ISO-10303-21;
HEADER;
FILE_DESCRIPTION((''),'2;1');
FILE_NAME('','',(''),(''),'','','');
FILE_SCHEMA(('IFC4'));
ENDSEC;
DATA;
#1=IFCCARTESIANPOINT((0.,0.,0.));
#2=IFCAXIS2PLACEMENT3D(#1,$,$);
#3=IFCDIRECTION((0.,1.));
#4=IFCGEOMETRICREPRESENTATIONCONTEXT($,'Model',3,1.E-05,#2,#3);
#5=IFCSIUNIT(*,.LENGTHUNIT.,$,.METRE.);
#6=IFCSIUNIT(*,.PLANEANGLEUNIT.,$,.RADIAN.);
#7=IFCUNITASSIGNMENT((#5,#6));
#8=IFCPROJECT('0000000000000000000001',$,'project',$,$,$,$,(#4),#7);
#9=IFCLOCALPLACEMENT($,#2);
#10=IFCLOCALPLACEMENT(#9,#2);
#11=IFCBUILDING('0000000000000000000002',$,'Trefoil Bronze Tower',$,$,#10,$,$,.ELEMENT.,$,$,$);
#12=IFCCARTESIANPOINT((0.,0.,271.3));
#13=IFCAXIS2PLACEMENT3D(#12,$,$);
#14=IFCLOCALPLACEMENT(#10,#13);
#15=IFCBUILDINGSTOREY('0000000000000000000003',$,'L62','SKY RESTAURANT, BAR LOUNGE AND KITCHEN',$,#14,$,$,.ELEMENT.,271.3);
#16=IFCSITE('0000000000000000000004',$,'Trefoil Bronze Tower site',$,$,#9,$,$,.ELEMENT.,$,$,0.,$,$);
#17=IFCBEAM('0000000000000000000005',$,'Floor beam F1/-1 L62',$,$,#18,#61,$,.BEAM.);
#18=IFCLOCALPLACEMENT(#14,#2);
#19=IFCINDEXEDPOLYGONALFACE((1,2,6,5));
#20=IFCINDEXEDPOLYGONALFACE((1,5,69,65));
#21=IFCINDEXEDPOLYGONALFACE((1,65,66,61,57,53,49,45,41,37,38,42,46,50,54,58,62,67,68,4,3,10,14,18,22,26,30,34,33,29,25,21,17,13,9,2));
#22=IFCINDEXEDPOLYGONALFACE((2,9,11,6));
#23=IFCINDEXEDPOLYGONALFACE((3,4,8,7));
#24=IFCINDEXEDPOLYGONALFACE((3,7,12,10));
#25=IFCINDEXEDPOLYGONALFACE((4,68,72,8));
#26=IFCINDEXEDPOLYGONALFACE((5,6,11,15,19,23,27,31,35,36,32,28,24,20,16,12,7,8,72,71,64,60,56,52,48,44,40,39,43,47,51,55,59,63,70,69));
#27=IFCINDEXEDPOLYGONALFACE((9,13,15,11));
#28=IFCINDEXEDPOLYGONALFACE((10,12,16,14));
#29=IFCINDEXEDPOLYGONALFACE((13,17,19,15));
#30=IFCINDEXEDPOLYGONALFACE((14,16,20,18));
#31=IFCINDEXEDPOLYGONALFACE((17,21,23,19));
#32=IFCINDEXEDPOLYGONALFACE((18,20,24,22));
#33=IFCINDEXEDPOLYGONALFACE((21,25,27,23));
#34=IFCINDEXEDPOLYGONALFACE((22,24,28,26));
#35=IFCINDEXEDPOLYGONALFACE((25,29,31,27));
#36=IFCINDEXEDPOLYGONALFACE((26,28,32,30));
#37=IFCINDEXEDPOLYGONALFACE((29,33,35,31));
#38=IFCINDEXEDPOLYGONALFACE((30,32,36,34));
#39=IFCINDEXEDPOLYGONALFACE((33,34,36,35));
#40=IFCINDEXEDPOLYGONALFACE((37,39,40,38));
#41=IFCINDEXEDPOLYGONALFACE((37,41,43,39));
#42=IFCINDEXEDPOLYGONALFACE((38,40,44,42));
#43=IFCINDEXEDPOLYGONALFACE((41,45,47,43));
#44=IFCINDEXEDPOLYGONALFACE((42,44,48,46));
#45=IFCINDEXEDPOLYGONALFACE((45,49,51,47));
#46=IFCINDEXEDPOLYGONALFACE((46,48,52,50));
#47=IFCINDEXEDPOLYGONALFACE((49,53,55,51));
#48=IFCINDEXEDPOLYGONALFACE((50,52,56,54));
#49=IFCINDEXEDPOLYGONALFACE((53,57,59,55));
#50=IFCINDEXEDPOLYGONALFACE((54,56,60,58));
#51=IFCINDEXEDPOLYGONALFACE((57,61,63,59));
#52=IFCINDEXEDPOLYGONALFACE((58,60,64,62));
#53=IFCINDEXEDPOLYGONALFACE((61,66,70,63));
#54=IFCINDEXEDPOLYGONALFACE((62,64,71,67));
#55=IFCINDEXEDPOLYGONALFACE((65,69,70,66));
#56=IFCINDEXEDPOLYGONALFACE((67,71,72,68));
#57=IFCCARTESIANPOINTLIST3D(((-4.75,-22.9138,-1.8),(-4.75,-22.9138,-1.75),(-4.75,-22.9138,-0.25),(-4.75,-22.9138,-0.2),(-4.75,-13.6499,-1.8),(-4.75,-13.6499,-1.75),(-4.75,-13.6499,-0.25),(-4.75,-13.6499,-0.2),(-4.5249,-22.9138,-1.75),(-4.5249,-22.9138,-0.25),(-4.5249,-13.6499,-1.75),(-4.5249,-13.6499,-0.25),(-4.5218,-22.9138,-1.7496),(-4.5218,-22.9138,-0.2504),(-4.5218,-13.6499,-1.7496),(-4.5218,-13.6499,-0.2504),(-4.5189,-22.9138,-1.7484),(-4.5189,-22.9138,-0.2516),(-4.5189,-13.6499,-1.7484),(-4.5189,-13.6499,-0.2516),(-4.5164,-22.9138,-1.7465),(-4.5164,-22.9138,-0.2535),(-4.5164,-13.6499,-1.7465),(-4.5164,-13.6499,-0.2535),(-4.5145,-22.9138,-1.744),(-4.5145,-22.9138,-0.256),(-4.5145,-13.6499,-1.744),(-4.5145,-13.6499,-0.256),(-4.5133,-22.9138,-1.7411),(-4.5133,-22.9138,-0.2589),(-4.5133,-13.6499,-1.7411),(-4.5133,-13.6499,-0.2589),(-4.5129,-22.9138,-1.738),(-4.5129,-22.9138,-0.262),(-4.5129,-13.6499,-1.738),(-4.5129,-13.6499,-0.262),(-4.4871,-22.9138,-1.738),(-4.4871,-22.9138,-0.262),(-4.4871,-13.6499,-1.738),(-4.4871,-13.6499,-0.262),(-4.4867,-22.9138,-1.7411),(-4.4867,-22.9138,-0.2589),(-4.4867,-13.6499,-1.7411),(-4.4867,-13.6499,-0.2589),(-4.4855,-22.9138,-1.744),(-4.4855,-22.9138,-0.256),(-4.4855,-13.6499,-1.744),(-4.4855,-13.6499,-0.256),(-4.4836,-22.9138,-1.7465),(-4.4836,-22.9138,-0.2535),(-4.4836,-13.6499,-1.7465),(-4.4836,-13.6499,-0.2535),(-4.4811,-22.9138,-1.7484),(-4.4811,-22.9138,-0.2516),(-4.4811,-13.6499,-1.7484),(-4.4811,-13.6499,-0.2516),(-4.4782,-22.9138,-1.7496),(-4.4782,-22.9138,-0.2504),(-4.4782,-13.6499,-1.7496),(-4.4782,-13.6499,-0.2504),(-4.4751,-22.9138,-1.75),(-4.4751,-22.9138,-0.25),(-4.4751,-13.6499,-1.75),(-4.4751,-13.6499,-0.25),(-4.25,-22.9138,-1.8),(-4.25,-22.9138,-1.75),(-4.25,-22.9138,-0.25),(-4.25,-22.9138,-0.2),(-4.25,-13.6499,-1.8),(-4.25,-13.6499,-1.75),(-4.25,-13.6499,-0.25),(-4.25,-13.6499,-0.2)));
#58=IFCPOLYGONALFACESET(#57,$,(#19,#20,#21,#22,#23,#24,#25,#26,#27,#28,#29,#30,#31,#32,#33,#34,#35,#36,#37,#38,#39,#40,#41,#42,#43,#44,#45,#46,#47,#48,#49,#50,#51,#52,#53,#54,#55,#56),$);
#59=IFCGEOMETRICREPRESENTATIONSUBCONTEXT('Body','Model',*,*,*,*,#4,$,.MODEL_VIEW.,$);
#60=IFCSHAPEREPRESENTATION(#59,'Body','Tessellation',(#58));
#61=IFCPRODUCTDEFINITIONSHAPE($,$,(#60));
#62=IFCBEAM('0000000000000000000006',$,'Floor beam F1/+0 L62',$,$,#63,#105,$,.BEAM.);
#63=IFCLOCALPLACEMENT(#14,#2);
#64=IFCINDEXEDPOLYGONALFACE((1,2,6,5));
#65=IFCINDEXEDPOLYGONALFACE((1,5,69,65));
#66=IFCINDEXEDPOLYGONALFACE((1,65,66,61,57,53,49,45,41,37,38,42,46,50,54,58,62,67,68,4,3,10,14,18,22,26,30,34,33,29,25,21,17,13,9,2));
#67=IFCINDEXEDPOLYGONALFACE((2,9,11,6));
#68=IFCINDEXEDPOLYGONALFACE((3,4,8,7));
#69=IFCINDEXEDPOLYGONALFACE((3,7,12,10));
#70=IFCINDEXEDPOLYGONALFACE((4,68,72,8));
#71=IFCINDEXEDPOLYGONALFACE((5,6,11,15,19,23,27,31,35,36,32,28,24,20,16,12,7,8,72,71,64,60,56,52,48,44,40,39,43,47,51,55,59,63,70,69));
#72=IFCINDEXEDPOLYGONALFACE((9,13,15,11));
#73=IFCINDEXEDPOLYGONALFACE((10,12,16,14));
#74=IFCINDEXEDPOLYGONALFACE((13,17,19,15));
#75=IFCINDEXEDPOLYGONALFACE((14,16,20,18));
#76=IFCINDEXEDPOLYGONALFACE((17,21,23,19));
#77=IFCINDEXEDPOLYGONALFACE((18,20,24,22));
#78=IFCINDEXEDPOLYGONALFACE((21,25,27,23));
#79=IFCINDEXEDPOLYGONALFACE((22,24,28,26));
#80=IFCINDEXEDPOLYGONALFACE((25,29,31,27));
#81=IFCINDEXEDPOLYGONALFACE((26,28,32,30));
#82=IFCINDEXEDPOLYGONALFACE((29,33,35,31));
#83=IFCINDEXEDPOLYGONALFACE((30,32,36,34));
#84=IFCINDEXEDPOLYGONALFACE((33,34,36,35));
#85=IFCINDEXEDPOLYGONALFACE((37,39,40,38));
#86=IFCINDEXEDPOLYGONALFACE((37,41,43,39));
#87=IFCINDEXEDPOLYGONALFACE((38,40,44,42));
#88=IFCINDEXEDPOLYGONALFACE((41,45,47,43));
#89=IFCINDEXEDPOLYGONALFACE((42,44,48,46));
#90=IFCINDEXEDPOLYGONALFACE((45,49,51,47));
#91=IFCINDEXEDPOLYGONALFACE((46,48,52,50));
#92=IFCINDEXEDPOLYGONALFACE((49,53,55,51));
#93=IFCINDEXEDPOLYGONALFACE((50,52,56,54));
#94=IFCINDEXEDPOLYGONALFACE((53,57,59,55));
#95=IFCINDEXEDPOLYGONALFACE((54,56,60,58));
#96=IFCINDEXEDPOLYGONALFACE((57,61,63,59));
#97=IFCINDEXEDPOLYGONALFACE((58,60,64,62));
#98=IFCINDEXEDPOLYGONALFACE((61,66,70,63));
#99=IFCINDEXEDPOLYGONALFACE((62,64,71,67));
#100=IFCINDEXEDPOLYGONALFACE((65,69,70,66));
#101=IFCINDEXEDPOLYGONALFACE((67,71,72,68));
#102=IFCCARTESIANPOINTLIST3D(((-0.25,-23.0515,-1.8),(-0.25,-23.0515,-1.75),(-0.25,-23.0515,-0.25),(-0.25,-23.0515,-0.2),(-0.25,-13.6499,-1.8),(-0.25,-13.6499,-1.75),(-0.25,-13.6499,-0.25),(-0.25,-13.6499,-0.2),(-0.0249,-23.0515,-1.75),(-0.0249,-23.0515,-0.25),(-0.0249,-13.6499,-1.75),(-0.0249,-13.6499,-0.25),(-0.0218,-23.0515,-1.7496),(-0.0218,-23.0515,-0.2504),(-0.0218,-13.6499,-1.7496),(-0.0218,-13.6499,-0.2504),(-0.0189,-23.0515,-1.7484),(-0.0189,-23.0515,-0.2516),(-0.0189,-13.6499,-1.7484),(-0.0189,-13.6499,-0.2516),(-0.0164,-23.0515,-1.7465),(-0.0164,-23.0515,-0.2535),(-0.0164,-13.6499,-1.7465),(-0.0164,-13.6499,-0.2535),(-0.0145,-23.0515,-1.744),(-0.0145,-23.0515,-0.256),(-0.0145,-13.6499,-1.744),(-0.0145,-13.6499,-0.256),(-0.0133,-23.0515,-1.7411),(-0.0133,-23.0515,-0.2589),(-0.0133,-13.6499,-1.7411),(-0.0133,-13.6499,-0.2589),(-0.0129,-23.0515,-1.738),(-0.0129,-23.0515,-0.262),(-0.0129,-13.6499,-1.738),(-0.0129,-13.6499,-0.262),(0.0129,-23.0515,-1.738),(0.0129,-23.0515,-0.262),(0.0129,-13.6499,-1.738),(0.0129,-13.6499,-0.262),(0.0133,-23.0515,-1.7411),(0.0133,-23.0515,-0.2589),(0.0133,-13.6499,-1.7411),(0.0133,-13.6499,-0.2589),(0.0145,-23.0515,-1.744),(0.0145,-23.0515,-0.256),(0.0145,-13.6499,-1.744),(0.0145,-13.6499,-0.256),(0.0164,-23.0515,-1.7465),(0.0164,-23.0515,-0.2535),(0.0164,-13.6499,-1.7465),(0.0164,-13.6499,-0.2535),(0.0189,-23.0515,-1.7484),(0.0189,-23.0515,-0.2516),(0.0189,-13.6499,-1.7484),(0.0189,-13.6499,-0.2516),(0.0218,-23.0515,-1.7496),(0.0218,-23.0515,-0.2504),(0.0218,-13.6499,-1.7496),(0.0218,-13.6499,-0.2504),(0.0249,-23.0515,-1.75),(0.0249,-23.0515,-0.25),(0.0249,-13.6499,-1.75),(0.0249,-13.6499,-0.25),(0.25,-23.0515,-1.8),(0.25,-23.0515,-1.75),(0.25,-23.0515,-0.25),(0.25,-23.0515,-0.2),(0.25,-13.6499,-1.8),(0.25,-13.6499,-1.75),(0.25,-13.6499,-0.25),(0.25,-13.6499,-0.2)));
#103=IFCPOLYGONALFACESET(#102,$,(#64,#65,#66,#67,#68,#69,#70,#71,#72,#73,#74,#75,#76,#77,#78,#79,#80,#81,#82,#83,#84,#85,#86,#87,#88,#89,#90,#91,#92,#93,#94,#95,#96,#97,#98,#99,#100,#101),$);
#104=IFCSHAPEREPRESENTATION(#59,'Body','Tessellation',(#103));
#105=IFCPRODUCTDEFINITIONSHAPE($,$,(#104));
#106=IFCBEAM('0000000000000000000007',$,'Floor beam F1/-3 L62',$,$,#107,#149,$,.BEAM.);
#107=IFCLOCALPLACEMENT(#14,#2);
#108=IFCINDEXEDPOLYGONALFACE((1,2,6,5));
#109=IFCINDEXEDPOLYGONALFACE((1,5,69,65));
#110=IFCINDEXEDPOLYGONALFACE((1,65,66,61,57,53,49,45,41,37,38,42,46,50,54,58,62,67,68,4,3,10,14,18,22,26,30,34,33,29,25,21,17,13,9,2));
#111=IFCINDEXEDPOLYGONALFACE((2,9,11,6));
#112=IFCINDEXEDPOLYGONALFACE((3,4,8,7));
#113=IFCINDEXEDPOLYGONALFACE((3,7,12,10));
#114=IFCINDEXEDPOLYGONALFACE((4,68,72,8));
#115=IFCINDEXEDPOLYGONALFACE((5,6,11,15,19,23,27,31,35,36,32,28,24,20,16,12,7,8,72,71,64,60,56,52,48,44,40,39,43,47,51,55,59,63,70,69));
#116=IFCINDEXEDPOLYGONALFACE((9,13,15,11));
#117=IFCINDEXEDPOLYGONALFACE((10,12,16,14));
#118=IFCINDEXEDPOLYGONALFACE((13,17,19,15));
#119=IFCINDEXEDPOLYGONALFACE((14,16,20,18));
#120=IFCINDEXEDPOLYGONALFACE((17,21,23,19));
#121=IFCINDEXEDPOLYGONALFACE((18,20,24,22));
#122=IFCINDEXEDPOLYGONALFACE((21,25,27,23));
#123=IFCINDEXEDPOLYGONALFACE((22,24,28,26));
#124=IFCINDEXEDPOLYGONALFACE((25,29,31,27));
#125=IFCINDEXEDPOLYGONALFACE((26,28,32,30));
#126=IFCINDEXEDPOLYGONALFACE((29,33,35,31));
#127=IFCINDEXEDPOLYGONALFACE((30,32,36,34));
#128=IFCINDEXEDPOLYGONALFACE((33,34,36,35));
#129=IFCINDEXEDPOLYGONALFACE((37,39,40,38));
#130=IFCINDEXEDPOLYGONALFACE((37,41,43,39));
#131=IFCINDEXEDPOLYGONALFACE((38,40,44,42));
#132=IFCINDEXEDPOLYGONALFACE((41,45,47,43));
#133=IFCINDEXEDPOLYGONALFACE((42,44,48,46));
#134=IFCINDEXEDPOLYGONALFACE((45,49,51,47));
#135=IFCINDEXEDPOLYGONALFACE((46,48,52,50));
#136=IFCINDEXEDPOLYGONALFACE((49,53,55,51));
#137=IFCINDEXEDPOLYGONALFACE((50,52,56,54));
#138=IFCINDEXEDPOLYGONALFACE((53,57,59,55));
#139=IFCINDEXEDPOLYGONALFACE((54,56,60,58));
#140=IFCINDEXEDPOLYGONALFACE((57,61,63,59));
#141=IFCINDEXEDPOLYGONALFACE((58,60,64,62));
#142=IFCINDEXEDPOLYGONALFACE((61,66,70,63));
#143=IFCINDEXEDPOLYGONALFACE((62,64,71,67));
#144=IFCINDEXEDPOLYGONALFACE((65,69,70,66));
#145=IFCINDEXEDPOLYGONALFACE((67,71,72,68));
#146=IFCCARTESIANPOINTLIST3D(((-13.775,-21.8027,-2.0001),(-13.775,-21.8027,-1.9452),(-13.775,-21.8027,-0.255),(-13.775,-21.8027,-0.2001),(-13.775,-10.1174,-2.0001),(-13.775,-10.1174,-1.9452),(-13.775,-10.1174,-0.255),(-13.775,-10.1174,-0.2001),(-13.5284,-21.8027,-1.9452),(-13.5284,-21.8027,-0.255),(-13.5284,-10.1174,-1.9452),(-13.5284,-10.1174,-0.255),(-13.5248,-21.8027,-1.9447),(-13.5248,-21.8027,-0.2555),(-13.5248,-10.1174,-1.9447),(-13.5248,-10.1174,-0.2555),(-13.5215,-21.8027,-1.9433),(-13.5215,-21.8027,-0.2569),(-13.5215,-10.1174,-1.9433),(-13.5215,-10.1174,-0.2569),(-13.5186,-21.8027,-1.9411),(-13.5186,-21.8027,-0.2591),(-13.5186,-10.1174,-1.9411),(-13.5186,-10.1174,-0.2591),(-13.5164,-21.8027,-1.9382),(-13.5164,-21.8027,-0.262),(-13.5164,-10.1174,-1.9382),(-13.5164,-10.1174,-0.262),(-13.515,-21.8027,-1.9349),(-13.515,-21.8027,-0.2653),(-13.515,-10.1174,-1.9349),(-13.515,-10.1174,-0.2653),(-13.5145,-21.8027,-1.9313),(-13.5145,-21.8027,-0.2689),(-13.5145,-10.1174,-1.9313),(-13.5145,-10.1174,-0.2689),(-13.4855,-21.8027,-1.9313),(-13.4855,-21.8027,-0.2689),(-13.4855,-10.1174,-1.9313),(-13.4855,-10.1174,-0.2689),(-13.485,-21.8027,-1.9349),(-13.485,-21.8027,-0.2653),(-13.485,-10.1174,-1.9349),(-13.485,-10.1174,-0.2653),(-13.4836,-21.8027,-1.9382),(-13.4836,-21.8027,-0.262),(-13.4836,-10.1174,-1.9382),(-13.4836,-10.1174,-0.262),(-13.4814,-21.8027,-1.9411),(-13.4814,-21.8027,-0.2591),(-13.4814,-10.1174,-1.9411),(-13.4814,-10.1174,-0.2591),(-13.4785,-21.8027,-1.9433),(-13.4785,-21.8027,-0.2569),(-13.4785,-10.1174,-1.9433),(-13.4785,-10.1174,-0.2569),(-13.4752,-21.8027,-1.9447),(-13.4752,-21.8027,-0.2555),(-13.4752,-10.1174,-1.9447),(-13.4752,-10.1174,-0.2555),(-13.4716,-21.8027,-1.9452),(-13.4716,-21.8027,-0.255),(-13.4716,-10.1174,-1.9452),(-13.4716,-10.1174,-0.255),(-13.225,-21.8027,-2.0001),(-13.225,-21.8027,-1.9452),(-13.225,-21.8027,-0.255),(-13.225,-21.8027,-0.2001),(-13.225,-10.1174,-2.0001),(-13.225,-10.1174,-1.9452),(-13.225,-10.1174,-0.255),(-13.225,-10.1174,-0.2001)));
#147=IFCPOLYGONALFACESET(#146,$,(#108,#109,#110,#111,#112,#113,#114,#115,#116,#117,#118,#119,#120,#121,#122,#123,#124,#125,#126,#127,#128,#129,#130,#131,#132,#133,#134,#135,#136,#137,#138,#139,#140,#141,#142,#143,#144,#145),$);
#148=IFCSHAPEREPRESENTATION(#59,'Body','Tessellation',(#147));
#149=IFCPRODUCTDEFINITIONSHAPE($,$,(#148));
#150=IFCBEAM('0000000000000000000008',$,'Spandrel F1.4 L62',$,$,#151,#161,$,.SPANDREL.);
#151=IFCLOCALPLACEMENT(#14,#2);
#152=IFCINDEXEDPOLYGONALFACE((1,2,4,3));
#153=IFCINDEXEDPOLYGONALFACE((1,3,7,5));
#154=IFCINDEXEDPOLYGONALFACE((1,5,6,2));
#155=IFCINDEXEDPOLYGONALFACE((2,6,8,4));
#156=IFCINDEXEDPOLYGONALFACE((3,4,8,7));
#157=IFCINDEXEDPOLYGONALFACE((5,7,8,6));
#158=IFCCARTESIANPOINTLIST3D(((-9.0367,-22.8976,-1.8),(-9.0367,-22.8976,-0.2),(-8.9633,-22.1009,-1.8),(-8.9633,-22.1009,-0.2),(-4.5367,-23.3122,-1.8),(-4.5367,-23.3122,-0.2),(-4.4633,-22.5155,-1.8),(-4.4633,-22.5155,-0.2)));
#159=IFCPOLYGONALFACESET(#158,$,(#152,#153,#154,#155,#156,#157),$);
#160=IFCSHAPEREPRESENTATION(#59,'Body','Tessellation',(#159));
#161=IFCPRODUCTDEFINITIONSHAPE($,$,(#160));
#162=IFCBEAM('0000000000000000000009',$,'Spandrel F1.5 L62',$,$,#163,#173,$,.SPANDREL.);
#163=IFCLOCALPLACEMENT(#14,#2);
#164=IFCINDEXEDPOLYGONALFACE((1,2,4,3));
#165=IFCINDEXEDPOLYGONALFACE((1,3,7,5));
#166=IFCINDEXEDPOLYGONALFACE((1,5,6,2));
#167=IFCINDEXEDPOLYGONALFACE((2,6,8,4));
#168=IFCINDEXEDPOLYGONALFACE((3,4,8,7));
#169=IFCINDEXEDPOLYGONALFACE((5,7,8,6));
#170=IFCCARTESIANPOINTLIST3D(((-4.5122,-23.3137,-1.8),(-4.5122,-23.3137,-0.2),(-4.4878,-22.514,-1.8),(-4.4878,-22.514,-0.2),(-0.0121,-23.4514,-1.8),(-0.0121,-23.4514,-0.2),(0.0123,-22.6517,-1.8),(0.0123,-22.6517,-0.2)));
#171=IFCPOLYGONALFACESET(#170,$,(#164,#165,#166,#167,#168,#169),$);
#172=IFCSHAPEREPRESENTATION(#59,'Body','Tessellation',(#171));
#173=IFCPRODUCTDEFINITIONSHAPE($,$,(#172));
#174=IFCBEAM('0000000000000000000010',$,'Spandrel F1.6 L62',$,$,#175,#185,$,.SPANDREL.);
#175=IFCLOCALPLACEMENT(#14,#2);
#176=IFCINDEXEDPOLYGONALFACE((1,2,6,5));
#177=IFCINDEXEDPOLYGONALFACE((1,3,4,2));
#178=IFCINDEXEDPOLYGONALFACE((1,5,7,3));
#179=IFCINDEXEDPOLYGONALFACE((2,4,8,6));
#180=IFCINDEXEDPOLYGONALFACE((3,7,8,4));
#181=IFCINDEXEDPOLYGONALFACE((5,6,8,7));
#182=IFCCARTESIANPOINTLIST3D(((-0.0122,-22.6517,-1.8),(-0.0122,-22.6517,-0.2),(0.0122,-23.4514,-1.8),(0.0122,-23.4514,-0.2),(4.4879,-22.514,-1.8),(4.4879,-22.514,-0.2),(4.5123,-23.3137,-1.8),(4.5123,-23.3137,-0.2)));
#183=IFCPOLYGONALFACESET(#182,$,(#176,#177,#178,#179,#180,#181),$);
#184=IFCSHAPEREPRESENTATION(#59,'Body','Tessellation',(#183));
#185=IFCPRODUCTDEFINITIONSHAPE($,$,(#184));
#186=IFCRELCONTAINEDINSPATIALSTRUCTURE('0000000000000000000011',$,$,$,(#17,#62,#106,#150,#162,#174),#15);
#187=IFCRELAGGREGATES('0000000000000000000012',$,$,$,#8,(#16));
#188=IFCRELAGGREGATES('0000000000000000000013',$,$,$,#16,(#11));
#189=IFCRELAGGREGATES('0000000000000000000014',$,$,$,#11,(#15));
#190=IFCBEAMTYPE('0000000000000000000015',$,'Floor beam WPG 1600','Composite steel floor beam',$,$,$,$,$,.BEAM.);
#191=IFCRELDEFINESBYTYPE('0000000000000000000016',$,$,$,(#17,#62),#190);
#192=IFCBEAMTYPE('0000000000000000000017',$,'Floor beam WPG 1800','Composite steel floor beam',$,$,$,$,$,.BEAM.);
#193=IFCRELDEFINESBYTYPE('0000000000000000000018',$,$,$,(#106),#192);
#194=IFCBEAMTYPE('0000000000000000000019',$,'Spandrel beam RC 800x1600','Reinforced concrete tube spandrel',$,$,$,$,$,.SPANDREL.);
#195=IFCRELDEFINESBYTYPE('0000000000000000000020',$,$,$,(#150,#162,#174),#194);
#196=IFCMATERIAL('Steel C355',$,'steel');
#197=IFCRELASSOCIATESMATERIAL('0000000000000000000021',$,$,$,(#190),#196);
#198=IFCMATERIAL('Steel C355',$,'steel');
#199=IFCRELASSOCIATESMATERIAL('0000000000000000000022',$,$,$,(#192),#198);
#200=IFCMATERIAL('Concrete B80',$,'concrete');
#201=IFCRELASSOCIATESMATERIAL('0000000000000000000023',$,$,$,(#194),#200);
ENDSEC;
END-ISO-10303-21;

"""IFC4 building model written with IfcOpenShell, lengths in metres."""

from ifc_helpers import new_model, si_unit, direction, frame, origin, origin_2d, place, context, subcontext, project, spatial, rectangle, i_section, extrude, material, material_profile, profile_set, type_object, element, save


model = new_model("IFC4")

# Units and contexts
model_context = context("Model", 3, precision=1e-05, world=origin(), true_north=direction((0.0, 1.0)))
body_context = subcontext(model_context, "Body", "Model", "MODEL_VIEW")
ifc_project = project(units=[si_unit("LENGTHUNIT", "METRE"), si_unit("PLANEANGLEUNIT", "RADIAN")], contexts=[model_context])

# Site, building, storey
site_placement = place(None, origin())
site = spatial("IfcSite", under=ifc_project, at=site_placement, Name="Trefoil Bronze Tower site", CompositionType="ELEMENT", RefElevation=0.0)
building_placement = place(site_placement, origin())
building = spatial("IfcBuilding", under=site, at=building_placement, Name="Trefoil Bronze Tower", CompositionType="ELEMENT")
storey_placement = place(building_placement, frame((0.0, 0.0, 271.3)))
storey = spatial("IfcBuildingStorey", under=building, at=storey_placement, Name="L62", Description="SKY RESTAURANT, BAR LOUNGE AND KITCHEN", CompositionType="ELEMENT", Elevation=271.3)

# Beams
ifc_material_1 = material(Name="Steel C355", Category="steel")
ifc_material_profile_1 = material_profile(ifc_material_1, i_section(OverallWidth=0.5, OverallDepth=1.6001, WebThickness=0.0259, FlangeThickness=0.05, FilletRadius=0.012, at=origin_2d()), Name="WPG 1600")
ifc_profile_set_1 = profile_set([ifc_material_profile_1], Name="Steel C355")
beam_type_1 = type_object("IfcBeamType", Name="Floor beam WPG 1600", Description="Composite steel floor beam", PredefinedType="BEAM", material=ifc_profile_set_1)
beam_1_placement = place(storey_placement, frame((-4.5, -22.9138, -1.0), z_axis=(0.0, 1.0, 0.0), x_axis=(-1.0, 0.0, 0.0)))
element("IfcBeam", 1, at=beam_1_placement, inside=storey, type_object=beam_type_1, Name="Floor beam F1/-1 L62", PredefinedType="BEAM", context=body_context, shape_type="SweptSolid", body=[
    extrude(i_section(OverallWidth=0.5, OverallDepth=1.6001, WebThickness=0.0259, FlangeThickness=0.05, FilletRadius=0.012, at=origin_2d()), origin(), (0.0, 0.0, 1.0), 9.2639),
])
beam_2_placement = place(storey_placement, frame((0.0, -23.0515, -1.0), z_axis=(0.0, 1.0, 0.0), x_axis=(-1.0, 0.0, 0.0)))
element("IfcBeam", 2, at=beam_2_placement, inside=storey, type_object=beam_type_1, Name="Floor beam F1/+0 L62", PredefinedType="BEAM", context=body_context, shape_type="SweptSolid", body=[
    extrude(i_section(OverallWidth=0.5, OverallDepth=1.6001, WebThickness=0.0259, FlangeThickness=0.05, FilletRadius=0.012, at=origin_2d()), origin(), (0.0, 0.0, 1.0), 9.4016),
])
ifc_material_2 = material(Name="Steel C355", Category="steel")
ifc_material_profile_2 = material_profile(ifc_material_2, i_section(OverallWidth=0.55, OverallDepth=1.8, WebThickness=0.0291, FlangeThickness=0.0549, FilletRadius=0.0139, at=origin_2d()), Name="WPG 1800")
ifc_profile_set_2 = profile_set([ifc_material_profile_2], Name="Steel C355")
beam_type_2 = type_object("IfcBeamType", Name="Floor beam WPG 1800", Description="Composite steel floor beam", PredefinedType="BEAM", material=ifc_profile_set_2)
beam_3_placement = place(storey_placement, frame((-13.5, -21.8027, -1.1001), z_axis=(0.0, 1.0, 0.0), x_axis=(-1.0, 0.0, 0.0)))
element("IfcBeam", 3, at=beam_3_placement, inside=storey, type_object=beam_type_2, Name="Floor beam F1/-3 L62", PredefinedType="BEAM", context=body_context, shape_type="SweptSolid", body=[
    extrude(i_section(OverallWidth=0.55, OverallDepth=1.8, WebThickness=0.0291, FlangeThickness=0.0549, FilletRadius=0.0139, at=origin_2d()), origin(), (0.0, 0.0, 1.0), 11.6853),
])
ifc_material_3 = material(Name="Concrete B80", Category="concrete")
ifc_material_profile_3 = material_profile(ifc_material_3, rectangle(XDim=0.8, YDim=1.6001, at=origin_2d()), Name="RC 800x1600")
ifc_profile_set_3 = profile_set([ifc_material_profile_3], Name="Concrete B80")
beam_type_3 = type_object("IfcBeamType", Name="Spandrel beam RC 800x1600", Description="Reinforced concrete tube spandrel", PredefinedType="SPANDREL", material=ifc_profile_set_3)
beam_4_placement = place(storey_placement, frame((-9.0, -22.4993, -1.0), z_axis=(0.995784, -0.091734, 0.0), x_axis=(0.091734, 0.995784, 0.0)))
element("IfcBeam", 4, at=beam_4_placement, inside=storey, type_object=beam_type_3, Name="Spandrel F1.4 L62", PredefinedType="SPANDREL", context=body_context, shape_type="SweptSolid", body=[
    extrude(rectangle(XDim=0.8, YDim=1.6001, at=origin_2d()), origin(), (0.0, 0.0, 1.0), 4.519),
])
for number, where, z_axis, x_axis, name in (
    (5, (-4.5, -22.9138, -1.0), (0.999532, -0.030585, 0.0), (0.030585, 0.999532, 0.0), "Spandrel F1.5 L62"),
    (6, (0.0, -23.0515, -1.0), (0.999532, 0.030585, 0.0), (-0.030585, 0.999532, 0.0), "Spandrel F1.6 L62"),
):
    element("IfcBeam", number, at=place(storey_placement, frame(where, z_axis=z_axis, x_axis=x_axis)), inside=storey, type_object=beam_type_3, Name=name, PredefinedType="SPANDREL", context=body_context, shape_type="SweptSolid", body=[
        extrude(rectangle(XDim=0.8, YDim=1.6001, at=origin_2d()), origin(), (0.0, 0.0, 1.0), 4.5022),
    ])

save(model, "model.ifc")
